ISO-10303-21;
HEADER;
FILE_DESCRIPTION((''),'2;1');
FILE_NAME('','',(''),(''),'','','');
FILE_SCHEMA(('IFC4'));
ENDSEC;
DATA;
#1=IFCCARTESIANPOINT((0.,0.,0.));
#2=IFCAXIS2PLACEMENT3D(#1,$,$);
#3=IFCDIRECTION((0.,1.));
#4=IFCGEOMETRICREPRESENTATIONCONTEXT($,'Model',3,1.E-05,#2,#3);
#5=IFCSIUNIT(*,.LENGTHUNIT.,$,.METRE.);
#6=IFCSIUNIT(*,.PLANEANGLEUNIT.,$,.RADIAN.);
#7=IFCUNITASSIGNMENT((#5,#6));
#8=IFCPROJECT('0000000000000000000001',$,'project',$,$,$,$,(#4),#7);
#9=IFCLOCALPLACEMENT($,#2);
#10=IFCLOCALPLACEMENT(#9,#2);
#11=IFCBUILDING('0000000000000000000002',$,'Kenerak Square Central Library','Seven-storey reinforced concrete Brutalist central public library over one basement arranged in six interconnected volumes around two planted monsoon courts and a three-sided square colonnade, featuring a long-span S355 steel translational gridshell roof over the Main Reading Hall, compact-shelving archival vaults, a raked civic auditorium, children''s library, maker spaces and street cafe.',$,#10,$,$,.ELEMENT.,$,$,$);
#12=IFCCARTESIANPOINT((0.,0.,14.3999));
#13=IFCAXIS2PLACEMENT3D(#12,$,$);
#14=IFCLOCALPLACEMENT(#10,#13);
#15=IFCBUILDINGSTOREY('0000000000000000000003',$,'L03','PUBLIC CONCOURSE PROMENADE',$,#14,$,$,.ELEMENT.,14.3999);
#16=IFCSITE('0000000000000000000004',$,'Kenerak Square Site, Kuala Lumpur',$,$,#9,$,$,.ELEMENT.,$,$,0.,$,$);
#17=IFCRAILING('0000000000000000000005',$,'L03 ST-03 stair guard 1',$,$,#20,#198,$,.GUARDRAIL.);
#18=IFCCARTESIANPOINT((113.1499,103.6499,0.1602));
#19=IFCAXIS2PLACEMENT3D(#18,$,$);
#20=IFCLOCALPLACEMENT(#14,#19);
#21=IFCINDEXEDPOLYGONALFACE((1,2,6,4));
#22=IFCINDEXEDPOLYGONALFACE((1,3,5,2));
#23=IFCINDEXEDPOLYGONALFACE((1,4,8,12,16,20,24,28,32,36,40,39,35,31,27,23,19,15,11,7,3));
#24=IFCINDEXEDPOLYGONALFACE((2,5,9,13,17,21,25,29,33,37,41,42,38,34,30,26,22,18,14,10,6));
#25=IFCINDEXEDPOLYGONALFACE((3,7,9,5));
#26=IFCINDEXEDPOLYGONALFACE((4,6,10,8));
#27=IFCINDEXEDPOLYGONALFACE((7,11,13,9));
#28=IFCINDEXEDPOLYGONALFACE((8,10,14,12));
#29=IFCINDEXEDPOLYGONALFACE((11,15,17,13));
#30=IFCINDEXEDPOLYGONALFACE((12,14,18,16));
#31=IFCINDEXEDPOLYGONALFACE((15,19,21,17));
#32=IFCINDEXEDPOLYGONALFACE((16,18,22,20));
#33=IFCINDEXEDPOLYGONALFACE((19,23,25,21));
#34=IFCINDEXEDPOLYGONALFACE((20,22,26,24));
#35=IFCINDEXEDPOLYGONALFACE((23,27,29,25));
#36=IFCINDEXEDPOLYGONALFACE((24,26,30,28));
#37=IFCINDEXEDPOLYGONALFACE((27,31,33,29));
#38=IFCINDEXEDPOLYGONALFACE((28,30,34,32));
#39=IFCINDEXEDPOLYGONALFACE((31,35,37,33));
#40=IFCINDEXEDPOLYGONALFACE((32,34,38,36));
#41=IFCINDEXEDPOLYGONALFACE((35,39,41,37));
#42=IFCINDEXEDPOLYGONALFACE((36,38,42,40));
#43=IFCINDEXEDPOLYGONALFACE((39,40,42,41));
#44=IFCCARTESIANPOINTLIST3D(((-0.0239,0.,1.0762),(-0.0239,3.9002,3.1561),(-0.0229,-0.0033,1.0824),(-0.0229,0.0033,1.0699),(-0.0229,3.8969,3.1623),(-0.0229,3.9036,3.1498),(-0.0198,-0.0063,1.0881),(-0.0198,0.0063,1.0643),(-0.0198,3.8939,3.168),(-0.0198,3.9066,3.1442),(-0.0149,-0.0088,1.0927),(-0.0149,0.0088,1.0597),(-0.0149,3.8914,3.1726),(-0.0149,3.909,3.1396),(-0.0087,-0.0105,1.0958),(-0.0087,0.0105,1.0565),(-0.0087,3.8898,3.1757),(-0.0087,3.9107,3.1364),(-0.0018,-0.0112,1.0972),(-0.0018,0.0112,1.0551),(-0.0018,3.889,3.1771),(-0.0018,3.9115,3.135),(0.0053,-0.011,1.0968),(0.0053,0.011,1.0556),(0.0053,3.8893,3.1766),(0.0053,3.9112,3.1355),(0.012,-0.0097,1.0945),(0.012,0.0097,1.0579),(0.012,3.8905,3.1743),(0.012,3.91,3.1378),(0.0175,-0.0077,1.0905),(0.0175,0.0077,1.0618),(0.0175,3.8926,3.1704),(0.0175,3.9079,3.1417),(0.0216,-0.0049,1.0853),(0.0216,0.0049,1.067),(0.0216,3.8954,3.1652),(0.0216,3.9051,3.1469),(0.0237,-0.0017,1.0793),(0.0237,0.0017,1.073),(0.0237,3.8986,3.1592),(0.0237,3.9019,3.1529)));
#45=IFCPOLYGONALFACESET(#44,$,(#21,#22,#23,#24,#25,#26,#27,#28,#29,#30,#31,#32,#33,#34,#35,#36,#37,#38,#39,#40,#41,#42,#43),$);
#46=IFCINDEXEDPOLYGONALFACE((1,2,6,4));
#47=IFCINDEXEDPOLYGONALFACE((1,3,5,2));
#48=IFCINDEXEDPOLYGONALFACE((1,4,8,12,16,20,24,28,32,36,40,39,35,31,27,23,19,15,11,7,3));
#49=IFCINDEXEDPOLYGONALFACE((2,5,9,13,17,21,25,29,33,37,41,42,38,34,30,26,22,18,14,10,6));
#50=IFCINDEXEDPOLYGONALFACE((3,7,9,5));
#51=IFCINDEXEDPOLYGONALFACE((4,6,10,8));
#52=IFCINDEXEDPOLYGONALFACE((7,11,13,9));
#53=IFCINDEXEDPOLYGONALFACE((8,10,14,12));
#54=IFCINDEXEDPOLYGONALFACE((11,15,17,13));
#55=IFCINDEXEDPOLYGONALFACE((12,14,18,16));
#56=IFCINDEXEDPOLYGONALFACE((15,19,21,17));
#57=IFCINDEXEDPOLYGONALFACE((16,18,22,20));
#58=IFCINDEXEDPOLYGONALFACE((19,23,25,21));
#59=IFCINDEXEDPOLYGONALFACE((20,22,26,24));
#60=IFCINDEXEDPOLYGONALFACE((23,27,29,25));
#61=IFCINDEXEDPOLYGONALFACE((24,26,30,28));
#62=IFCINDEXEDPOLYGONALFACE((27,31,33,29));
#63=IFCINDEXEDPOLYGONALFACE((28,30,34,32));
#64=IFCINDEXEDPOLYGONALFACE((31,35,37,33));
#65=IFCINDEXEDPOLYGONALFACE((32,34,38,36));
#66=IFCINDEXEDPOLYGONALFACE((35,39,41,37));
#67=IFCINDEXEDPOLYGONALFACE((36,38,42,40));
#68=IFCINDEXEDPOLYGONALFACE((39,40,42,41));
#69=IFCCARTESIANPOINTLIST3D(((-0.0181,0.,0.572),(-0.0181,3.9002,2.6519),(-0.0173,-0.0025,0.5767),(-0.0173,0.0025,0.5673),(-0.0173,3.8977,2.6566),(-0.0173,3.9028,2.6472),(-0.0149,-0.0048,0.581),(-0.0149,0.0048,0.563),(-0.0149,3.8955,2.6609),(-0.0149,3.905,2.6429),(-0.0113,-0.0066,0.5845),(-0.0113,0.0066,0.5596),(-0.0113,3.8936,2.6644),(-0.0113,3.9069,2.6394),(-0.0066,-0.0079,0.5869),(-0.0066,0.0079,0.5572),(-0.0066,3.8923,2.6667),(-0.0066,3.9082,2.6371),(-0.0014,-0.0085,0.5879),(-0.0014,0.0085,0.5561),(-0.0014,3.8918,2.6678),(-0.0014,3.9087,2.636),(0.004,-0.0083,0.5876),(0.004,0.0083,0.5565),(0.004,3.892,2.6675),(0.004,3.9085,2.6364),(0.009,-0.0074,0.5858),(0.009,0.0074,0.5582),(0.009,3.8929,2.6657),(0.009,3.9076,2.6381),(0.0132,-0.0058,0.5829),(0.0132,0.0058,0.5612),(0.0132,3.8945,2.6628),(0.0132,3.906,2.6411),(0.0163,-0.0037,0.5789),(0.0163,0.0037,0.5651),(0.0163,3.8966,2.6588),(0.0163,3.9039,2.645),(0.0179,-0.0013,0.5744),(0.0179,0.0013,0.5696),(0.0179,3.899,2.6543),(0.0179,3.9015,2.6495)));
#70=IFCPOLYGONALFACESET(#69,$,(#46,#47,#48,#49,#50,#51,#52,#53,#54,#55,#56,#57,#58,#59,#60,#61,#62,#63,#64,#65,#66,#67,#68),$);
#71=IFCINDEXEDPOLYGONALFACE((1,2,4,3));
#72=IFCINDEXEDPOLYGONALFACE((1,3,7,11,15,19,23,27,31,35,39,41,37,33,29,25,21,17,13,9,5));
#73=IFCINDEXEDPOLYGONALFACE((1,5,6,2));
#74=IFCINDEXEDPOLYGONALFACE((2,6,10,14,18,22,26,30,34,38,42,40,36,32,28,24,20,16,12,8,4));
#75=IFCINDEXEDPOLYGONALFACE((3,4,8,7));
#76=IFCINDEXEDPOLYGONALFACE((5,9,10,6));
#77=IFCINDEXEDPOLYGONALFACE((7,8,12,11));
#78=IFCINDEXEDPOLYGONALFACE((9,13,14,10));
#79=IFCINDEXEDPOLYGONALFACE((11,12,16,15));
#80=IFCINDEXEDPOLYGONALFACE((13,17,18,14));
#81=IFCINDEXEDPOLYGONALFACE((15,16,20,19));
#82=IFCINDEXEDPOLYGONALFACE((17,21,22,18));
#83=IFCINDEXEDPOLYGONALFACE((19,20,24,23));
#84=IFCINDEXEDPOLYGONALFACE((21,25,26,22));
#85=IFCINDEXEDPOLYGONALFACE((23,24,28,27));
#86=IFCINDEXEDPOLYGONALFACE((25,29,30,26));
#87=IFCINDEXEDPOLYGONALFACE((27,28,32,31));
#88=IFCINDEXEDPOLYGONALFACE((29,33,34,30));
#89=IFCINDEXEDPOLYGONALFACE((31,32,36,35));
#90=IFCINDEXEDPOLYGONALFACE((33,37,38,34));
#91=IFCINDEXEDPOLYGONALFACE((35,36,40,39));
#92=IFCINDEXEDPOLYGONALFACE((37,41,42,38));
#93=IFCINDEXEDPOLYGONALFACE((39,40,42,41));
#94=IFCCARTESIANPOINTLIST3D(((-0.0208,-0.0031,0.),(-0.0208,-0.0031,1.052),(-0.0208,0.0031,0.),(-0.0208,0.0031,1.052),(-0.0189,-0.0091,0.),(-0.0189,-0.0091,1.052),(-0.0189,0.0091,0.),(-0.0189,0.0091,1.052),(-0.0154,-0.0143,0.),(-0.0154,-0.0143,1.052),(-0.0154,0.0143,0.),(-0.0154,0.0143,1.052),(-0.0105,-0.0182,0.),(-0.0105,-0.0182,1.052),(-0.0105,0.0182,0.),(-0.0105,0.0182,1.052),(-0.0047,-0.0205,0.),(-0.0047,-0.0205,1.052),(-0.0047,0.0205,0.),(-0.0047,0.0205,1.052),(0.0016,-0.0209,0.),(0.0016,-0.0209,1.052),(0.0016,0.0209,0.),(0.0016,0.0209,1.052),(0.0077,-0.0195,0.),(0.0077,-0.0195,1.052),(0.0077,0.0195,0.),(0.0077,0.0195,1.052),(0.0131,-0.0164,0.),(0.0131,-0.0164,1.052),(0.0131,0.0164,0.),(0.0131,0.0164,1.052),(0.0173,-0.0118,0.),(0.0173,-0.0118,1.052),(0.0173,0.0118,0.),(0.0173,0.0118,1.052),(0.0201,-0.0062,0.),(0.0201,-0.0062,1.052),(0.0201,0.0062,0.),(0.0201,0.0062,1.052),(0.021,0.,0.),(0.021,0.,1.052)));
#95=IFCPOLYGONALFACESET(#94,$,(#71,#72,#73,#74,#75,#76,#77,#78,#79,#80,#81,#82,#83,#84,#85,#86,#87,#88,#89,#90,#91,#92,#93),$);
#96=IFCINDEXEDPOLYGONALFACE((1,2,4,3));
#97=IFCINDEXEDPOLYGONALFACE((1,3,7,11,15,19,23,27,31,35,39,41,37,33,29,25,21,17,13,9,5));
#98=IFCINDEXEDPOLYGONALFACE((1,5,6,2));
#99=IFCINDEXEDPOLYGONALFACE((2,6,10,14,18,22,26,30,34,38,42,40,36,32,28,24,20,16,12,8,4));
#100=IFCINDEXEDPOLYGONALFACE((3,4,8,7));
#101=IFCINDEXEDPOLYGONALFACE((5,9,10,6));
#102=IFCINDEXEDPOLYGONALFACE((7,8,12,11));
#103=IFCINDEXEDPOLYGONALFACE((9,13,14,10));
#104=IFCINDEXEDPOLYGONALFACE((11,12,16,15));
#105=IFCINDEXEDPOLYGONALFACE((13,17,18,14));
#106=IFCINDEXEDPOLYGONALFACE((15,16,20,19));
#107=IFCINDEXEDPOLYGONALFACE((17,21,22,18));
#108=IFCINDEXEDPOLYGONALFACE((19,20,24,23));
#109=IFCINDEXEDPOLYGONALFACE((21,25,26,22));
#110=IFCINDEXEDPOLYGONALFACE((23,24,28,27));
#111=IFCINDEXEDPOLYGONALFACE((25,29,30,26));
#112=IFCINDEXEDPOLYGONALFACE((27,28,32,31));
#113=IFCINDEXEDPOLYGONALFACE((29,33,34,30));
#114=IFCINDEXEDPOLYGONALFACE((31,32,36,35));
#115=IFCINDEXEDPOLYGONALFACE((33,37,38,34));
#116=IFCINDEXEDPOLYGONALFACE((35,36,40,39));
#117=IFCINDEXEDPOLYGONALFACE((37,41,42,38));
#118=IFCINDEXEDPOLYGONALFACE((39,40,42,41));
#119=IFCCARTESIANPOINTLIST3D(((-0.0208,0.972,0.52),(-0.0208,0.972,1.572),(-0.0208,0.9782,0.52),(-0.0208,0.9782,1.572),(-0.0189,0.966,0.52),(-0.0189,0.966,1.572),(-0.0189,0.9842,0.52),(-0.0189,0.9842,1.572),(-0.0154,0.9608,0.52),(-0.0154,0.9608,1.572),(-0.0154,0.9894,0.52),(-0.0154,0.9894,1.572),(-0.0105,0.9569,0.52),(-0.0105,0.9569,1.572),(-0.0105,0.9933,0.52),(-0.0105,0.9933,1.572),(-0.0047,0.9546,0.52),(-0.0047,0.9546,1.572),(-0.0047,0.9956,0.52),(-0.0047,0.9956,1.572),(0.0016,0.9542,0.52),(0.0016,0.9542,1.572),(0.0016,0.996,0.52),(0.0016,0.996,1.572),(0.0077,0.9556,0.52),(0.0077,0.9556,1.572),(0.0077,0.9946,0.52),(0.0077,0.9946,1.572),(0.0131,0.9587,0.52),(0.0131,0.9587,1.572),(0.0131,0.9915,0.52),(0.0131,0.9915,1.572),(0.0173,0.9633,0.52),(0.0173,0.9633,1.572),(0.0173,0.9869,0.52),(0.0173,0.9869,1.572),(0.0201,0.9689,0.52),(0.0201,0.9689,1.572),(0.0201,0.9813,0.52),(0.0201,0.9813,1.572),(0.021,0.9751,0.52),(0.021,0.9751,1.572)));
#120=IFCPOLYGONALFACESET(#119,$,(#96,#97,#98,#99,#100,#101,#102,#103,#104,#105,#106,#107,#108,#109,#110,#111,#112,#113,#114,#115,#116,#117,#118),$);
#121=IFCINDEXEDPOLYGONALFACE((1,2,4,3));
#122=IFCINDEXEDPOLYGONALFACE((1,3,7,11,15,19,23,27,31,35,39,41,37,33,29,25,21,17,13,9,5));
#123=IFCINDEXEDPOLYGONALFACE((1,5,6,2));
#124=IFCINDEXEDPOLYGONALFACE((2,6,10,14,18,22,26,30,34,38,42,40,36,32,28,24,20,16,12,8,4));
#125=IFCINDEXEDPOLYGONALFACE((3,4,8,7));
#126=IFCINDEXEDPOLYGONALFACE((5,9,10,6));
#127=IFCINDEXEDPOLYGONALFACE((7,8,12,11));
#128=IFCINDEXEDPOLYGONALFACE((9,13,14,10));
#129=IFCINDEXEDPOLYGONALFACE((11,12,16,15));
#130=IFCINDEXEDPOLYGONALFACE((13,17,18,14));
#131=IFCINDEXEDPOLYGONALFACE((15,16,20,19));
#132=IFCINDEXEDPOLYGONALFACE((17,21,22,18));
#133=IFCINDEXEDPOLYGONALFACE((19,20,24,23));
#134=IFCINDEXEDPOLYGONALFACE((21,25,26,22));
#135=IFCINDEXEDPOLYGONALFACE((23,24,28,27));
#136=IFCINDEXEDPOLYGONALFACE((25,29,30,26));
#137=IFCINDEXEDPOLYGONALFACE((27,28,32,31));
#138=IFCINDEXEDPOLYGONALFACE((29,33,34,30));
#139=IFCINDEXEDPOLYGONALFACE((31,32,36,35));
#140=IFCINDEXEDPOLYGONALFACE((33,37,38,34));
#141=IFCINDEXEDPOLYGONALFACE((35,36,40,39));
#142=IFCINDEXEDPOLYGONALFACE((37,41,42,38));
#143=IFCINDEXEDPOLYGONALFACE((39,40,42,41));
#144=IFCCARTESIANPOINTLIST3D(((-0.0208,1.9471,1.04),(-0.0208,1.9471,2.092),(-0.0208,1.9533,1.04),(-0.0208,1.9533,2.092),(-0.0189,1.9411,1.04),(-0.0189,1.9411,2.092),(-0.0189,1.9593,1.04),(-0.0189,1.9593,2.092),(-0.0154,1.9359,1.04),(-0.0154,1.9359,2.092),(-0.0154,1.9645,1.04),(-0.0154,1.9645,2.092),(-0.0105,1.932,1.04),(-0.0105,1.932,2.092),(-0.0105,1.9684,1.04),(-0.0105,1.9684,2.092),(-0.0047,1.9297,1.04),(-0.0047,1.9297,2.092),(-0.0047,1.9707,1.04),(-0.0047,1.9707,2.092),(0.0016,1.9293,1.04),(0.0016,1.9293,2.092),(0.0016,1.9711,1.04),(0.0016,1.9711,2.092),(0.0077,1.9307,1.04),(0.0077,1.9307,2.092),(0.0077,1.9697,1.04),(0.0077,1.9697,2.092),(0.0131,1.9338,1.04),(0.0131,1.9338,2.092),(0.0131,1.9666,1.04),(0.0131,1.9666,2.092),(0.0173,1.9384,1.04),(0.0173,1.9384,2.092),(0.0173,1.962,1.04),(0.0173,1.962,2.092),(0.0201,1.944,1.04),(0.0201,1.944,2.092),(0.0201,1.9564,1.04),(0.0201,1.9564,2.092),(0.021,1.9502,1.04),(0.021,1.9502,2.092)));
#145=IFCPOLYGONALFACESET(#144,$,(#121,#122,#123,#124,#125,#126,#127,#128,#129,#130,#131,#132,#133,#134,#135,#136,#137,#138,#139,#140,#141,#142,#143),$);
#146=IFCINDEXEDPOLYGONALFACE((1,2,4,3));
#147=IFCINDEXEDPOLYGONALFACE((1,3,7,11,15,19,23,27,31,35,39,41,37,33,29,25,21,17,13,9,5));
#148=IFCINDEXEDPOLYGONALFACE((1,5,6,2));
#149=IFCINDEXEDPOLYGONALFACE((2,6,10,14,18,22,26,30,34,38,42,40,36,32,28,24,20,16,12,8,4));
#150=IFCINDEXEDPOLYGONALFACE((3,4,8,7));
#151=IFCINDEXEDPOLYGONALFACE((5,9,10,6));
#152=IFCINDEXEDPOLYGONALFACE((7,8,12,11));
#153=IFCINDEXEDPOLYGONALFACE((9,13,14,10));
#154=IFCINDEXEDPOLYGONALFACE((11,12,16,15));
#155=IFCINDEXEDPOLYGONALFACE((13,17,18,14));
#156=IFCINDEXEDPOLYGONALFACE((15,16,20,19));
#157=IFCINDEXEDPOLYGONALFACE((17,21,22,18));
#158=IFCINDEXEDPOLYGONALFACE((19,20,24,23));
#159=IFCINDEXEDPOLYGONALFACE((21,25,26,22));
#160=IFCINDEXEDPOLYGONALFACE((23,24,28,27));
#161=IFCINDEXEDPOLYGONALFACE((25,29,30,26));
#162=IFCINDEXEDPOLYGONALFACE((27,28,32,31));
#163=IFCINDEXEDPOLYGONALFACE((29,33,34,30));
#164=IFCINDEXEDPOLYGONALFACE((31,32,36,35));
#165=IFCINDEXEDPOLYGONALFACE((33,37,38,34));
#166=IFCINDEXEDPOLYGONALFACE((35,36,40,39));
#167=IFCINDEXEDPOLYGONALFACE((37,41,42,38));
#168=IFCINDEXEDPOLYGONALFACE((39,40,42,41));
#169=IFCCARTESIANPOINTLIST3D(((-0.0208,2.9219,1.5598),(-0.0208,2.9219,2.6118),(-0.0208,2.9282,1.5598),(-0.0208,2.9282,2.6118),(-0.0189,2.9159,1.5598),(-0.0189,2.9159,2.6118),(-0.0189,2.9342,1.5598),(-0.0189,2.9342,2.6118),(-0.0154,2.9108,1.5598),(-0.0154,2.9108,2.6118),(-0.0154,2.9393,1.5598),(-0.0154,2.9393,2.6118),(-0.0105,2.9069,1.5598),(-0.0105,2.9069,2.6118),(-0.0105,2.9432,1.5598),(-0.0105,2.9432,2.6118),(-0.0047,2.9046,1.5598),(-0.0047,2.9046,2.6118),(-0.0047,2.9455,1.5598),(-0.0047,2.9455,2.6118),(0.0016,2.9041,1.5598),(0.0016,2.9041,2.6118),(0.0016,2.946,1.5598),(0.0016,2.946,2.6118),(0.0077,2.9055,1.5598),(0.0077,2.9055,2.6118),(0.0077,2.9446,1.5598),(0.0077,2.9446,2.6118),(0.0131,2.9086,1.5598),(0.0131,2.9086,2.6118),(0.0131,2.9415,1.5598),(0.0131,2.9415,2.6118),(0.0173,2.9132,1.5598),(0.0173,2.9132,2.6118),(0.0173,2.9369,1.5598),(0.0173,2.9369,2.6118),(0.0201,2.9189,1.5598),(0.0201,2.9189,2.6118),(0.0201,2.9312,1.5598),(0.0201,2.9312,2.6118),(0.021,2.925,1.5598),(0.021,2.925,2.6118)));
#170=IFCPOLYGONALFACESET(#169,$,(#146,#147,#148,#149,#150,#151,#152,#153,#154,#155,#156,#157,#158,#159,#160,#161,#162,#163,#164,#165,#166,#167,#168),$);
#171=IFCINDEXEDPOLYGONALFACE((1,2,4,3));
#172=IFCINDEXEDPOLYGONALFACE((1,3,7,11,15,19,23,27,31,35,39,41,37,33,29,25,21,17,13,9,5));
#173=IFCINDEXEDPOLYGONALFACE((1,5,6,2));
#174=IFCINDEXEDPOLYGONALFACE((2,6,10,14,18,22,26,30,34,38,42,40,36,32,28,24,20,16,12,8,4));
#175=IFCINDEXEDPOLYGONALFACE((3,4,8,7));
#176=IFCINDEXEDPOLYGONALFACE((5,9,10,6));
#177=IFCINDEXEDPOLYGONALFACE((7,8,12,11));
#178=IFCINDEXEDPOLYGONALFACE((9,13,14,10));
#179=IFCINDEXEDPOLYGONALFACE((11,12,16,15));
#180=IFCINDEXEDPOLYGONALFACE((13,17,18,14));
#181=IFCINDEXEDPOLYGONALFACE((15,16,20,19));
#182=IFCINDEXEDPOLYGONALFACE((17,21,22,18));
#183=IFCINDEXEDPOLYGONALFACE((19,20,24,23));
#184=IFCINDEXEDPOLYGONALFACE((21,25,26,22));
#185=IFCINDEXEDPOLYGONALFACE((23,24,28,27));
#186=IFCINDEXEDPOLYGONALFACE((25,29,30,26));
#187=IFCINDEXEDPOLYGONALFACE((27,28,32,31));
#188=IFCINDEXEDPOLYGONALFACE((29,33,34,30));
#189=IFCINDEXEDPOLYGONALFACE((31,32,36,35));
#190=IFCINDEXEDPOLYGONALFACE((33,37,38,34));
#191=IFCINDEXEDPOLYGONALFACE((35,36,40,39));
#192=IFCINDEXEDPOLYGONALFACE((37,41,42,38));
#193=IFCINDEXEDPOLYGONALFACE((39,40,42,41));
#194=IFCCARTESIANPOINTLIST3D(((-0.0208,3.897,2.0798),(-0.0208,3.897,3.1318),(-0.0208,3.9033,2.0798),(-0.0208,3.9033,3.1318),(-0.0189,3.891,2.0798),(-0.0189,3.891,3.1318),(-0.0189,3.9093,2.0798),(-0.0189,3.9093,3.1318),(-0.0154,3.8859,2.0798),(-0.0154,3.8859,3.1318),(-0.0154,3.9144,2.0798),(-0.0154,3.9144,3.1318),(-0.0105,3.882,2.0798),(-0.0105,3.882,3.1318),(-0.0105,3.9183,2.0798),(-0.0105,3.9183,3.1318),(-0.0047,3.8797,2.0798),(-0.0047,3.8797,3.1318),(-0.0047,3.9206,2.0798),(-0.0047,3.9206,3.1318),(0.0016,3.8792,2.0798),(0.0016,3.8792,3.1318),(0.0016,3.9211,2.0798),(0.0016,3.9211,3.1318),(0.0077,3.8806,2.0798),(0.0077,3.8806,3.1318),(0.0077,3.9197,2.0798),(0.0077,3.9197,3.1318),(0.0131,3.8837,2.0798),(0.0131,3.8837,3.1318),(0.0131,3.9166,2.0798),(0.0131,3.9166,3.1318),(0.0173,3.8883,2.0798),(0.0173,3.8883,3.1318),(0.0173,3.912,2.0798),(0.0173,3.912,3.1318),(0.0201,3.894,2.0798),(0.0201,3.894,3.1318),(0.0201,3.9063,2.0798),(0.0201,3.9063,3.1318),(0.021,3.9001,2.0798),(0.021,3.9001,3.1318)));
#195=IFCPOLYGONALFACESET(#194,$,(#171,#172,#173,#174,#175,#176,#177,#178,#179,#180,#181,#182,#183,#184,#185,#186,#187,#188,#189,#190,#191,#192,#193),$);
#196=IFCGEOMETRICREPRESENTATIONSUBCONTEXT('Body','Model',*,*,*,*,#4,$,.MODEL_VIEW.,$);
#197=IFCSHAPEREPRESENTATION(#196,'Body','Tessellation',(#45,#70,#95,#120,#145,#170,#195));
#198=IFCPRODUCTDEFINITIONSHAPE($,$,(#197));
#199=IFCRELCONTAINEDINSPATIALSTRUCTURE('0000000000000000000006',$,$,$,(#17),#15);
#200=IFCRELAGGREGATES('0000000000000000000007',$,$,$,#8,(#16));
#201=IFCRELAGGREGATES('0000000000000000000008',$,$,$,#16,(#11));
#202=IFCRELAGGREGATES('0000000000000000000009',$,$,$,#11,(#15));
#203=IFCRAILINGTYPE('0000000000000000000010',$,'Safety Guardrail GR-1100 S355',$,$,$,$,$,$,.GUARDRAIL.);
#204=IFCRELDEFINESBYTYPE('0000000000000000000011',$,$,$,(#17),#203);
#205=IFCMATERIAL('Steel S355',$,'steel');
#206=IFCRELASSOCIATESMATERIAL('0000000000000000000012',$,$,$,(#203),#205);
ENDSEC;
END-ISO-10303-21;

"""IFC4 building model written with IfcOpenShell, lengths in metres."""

from ifc_helpers import new_model, si_unit, direction, frame, origin, origin_2d, place, context, subcontext, project, spatial, circle, extrude, material, type_object, element, save


model = new_model("IFC4")

# Units and contexts
model_context = context("Model", 3, precision=1e-05, world=origin(), true_north=direction((0.0, 1.0)))
body_context = subcontext(model_context, "Body", "Model", "MODEL_VIEW")
ifc_project = project(units=[si_unit("LENGTHUNIT", "METRE"), si_unit("PLANEANGLEUNIT", "RADIAN")], contexts=[model_context])

# Site, building, storey
site_placement = place(None, origin())
site = spatial("IfcSite", under=ifc_project, at=site_placement, Name="Kenerak Square Site, Kuala Lumpur", CompositionType="ELEMENT", RefElevation=0.0)
building_placement = place(site_placement, origin())
building = spatial("IfcBuilding", under=site, at=building_placement, Name="Kenerak Square Central Library", Description="Seven-storey reinforced concrete Brutalist central public library over one basement arranged in six interconnected volumes around two planted monsoon courts and a three-sided square colonnade, featuring a long-span S355 steel translational gridshell roof over the Main Reading Hall, compact-shelving archival vaults, a raked civic auditorium, children's library, maker spaces and street cafe.", CompositionType="ELEMENT")
storey_placement = place(building_placement, frame((0.0, 0.0, 14.3999)))
storey = spatial("IfcBuildingStorey", under=building, at=storey_placement, Name="L03", Description="PUBLIC CONCOURSE PROMENADE", CompositionType="ELEMENT", Elevation=14.3999)

# Railing
ifc_material_1 = material(Name="Steel S355", Category="steel")
railing_type_1 = type_object("IfcRailingType", Name="Safety Guardrail GR-1100 S355", PredefinedType="GUARDRAIL", material=ifc_material_1)
railing_1_placement = place(storey_placement, frame((113.1499, 103.6499, 0.1602)))
element("IfcRailing", 1, at=railing_1_placement, inside=storey, type_object=railing_type_1, Name="L03 ST-03 stair guard 1", PredefinedType="GUARDRAIL", context=body_context, shape_type="SweptSolid", body=[
    extrude(circle(Radius=0.0239, at=origin_2d()), frame((0.0, 0.0, 1.0762), z_axis=(0.0, 0.882376, 0.470545), x_axis=(-1.0, 0.0, 0.0)), (0.0, 0.0, 1.0), 4.4202),
    extrude(circle(Radius=0.0181, at=origin_2d()), frame((0.0, 0.0, 0.572), z_axis=(0.0, 0.882376, 0.470545), x_axis=(-1.0, 0.0, 0.0)), (0.0, 0.0, 1.0), 4.4202),
    extrude(circle(Radius=0.021, at=origin_2d()), origin(), (0.0, 0.0, 1.0), 1.052),
    extrude(circle(Radius=0.021, at=origin_2d()), frame((0.0, 0.9751, 0.52)), (0.0, 0.0, 1.0), 1.052),
    extrude(circle(Radius=0.021, at=origin_2d()), frame((0.0, 1.9502, 1.04)), (0.0, 0.0, 1.0), 1.052),
    extrude(circle(Radius=0.021, at=origin_2d()), frame((0.0, 2.925, 1.5598)), (0.0, 0.0, 1.0), 1.052),
    extrude(circle(Radius=0.021, at=origin_2d()), frame((0.0, 3.9001, 2.0798)), (0.0, 0.0, 1.0), 1.052),
])

save(model, "model.ifc")
